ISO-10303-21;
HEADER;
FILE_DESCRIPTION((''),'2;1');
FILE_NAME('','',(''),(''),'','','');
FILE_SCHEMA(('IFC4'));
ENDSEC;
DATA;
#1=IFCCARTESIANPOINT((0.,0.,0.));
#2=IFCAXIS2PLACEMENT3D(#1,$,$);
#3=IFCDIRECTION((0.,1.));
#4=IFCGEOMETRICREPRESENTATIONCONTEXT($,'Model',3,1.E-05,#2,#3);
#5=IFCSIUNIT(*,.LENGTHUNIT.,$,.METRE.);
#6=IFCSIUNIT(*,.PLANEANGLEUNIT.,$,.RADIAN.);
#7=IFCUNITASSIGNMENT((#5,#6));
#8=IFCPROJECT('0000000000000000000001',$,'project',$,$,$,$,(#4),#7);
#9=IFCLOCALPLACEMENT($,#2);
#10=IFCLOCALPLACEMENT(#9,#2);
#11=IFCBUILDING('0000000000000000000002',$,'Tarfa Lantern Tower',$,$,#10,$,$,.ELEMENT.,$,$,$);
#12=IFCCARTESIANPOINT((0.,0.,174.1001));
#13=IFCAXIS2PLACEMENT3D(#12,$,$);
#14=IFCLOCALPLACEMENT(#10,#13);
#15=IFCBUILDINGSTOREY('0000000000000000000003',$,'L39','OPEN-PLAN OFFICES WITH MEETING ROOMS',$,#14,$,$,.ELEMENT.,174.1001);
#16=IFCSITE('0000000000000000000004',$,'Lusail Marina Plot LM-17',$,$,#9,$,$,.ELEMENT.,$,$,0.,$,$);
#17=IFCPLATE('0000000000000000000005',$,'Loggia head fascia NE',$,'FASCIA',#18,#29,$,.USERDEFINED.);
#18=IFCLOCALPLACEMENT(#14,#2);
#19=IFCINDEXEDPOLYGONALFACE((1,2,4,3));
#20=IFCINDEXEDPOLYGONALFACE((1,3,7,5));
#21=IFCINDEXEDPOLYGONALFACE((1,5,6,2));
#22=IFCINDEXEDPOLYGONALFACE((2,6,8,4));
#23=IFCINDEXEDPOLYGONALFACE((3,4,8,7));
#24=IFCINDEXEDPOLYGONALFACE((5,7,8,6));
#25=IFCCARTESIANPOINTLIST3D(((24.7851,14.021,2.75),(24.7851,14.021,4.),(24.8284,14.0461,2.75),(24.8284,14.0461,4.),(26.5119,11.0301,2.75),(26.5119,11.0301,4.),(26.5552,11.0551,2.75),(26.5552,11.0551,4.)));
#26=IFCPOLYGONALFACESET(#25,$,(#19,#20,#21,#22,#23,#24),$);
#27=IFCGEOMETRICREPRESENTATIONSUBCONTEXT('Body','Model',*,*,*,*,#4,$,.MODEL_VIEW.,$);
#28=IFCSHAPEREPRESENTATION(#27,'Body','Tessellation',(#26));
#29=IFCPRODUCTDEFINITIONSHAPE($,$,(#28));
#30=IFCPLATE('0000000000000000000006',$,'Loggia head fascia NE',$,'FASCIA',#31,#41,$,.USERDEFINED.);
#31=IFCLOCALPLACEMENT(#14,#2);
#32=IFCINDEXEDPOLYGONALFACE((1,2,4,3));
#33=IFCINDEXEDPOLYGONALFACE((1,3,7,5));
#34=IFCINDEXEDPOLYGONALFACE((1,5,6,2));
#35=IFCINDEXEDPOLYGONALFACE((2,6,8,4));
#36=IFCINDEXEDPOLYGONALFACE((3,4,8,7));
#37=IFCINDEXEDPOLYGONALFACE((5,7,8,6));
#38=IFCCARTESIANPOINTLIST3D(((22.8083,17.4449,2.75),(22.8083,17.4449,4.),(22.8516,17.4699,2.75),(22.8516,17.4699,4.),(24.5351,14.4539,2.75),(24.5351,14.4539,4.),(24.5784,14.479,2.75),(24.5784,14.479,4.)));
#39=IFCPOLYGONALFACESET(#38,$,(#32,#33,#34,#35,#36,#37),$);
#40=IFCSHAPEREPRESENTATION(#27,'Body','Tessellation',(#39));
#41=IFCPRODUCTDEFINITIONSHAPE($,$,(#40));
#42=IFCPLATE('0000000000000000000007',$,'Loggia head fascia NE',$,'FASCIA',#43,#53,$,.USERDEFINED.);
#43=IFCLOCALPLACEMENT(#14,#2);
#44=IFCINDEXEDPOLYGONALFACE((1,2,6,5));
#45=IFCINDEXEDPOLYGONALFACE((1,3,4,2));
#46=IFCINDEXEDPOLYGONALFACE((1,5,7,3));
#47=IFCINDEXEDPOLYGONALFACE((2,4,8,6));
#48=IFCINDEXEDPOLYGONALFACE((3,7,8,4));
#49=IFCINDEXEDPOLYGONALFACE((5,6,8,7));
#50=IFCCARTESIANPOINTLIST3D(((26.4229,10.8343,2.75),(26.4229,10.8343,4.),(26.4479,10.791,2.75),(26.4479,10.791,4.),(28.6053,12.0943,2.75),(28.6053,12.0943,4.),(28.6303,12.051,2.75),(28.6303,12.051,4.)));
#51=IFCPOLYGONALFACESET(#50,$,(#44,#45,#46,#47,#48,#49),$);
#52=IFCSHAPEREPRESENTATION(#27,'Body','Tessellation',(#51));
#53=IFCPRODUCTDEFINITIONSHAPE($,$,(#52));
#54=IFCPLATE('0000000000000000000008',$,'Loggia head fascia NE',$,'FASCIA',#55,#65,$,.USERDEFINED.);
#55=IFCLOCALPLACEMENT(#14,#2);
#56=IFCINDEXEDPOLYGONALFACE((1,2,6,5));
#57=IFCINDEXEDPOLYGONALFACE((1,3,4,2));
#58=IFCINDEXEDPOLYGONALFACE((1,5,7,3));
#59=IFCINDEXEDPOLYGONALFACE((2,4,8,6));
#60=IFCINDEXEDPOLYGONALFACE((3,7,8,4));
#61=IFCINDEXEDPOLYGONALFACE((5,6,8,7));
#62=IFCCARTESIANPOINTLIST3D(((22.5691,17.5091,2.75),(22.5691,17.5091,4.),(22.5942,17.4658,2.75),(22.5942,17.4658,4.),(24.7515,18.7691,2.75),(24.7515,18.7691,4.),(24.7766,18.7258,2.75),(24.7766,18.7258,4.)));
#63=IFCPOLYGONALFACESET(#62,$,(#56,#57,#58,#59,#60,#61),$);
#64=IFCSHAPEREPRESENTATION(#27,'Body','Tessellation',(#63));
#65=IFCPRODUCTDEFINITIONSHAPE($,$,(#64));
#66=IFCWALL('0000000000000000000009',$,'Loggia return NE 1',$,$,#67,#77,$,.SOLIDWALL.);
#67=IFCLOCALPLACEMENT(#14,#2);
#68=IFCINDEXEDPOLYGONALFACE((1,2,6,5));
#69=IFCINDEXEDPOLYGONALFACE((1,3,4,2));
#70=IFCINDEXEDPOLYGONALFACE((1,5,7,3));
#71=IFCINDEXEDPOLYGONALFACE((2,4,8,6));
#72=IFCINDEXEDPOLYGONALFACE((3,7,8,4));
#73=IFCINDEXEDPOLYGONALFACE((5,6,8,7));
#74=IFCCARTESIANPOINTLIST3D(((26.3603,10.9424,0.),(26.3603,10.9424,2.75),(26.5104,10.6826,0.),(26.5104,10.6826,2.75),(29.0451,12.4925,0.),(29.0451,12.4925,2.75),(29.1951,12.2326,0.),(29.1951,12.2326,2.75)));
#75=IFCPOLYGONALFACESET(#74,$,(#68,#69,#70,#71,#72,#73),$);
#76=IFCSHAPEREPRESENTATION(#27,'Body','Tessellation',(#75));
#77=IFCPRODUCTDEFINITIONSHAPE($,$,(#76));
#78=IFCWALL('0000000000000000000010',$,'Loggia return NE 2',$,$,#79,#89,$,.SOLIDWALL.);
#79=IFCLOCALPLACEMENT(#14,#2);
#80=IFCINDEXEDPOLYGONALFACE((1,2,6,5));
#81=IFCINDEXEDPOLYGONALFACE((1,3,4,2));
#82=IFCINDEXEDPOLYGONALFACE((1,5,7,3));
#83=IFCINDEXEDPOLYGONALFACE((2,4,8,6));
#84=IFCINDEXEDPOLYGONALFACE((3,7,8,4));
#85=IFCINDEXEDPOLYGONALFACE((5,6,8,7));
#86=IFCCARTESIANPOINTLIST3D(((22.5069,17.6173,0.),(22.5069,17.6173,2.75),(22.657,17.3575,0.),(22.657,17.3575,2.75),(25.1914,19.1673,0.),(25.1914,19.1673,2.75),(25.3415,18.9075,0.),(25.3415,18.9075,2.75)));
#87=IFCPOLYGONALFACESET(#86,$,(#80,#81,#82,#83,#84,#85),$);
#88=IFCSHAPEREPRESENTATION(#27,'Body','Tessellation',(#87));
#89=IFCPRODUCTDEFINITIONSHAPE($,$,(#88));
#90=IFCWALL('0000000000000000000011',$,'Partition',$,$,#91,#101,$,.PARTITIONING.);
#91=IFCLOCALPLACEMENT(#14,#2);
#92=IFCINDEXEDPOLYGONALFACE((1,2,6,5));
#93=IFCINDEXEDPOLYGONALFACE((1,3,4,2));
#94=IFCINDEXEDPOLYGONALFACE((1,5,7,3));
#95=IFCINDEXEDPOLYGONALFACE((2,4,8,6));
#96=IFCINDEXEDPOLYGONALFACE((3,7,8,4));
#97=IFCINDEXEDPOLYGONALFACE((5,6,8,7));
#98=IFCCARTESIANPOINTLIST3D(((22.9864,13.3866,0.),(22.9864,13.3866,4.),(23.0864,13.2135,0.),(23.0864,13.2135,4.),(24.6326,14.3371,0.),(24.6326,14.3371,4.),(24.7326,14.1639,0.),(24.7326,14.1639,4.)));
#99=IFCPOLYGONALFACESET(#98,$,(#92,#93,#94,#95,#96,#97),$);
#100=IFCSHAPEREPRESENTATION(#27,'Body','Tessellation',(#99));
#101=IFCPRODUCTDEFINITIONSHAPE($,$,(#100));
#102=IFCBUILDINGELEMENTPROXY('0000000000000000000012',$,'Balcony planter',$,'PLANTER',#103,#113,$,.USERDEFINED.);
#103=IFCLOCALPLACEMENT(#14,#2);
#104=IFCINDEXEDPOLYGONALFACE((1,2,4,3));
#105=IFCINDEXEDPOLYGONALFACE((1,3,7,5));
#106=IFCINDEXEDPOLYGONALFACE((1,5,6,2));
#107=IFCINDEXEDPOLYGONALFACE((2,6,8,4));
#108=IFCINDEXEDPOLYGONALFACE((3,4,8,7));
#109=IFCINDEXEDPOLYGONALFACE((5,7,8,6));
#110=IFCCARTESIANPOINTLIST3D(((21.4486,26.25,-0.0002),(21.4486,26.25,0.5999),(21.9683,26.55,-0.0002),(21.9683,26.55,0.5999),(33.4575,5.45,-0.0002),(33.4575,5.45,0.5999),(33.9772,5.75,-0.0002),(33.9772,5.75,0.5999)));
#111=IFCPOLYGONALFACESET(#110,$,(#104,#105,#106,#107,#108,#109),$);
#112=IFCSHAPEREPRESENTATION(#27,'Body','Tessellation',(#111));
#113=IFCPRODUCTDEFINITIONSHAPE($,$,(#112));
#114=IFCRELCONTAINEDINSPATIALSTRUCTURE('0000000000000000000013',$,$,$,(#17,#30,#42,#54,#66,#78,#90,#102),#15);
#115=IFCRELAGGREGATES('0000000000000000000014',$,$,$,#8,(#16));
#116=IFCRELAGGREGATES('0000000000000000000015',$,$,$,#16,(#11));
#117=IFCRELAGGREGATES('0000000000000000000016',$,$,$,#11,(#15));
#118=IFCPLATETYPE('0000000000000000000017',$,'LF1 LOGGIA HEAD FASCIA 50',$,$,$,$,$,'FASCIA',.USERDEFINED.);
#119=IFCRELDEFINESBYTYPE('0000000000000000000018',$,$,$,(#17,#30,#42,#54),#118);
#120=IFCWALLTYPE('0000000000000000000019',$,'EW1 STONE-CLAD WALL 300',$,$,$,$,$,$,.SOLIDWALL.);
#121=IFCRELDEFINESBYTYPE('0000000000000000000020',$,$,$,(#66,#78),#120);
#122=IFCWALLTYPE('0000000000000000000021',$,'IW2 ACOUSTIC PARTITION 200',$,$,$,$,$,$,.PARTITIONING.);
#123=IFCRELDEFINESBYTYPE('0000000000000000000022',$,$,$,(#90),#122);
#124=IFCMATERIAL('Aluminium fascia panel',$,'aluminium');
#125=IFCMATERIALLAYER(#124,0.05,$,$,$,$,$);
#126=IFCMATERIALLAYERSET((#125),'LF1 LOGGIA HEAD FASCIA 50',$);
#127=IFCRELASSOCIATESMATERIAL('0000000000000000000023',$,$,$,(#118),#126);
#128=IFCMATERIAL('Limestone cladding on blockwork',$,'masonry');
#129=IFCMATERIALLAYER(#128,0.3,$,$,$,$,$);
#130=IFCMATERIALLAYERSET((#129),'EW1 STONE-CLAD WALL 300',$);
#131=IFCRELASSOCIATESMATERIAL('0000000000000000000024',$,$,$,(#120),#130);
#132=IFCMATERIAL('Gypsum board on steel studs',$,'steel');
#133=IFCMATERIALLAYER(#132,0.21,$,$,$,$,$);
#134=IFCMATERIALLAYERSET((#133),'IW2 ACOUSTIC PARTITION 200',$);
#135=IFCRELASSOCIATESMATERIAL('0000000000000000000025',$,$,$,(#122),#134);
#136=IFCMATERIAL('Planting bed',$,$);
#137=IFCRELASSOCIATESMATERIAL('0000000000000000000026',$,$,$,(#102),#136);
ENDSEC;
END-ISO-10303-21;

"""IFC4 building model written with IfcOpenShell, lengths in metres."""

from ifc_helpers import new_model, si_unit, direction, frame, frame_2d, origin, origin_2d, place, context, subcontext, project, spatial, rectangle, extrude, material, layer, layer_set, type_object, element, save


model = new_model("IFC4")

# Units and contexts
model_context = context("Model", 3, precision=1e-05, world=origin(), true_north=direction((0.0, 1.0)))
body_context = subcontext(model_context, "Body", "Model", "MODEL_VIEW")
ifc_project = project(units=[si_unit("LENGTHUNIT", "METRE"), si_unit("PLANEANGLEUNIT", "RADIAN")], contexts=[model_context])

# Site, building, storey
site_placement = place(None, origin())
site = spatial("IfcSite", under=ifc_project, at=site_placement, Name="Lusail Marina Plot LM-17", CompositionType="ELEMENT", RefElevation=0.0)
building_placement = place(site_placement, origin())
building = spatial("IfcBuilding", under=site, at=building_placement, Name="Tarfa Lantern Tower", CompositionType="ELEMENT")
storey_placement = place(building_placement, frame((0.0, 0.0, 174.1001)))
storey = spatial("IfcBuildingStorey", under=building, at=storey_placement, Name="L39", Description="OPEN-PLAN OFFICES WITH MEETING ROOMS", CompositionType="ELEMENT", Elevation=174.1001)

# Plates
ifc_material_1 = material(Name="Aluminium fascia panel", Category="aluminium")
ifc_layer_1 = layer(ifc_material_1, 0.05)
ifc_layer_set_1 = layer_set([ifc_layer_1], Name="LF1 LOGGIA HEAD FASCIA 50")
plate_type_1 = type_object("IfcPlateType", Name="LF1 LOGGIA HEAD FASCIA 50", ElementType="FASCIA", PredefinedType="USERDEFINED", material=ifc_layer_set_1)
for number, where, z_axis, x_axis, name in (
    (1, (25.6702, 12.5381, 2.75), (0.0, 0.0, 1.0), (-0.5, 0.866025, 0.0), "Loggia head fascia NE"),
    (2, (23.6934, 15.9619, 2.75), (0.0, 0.0, 1.0), (-0.5, 0.866025, 0.0), "Loggia head fascia NE"),
):
    element("IfcPlate", number, at=place(storey_placement, frame(where, z_axis=z_axis, x_axis=x_axis)), inside=storey, type_object=plate_type_1, Name=name, ObjectType="FASCIA", PredefinedType="USERDEFINED", context=body_context, shape_type="SweptSolid", body=[
        extrude(rectangle(XDim=3.4536, YDim=0.05, at=origin_2d()), origin(), (0.0, 0.0, 1.0), 1.25),
    ])
for number, where, z_axis, x_axis, name in (
    (3, (27.5266, 11.4426, 2.75), (0.0, 0.0, 1.0), (-0.866025, -0.5, 0.0), "Loggia head fascia NE"),
    (4, (23.6729, 18.1174, 2.75), (0.0, 0.0, 1.0), (-0.866025, -0.5, 0.0), "Loggia head fascia NE"),
):
    element("IfcPlate", number, at=place(storey_placement, frame(where, z_axis=z_axis, x_axis=x_axis)), inside=storey, type_object=plate_type_1, Name=name, ObjectType="FASCIA", PredefinedType="USERDEFINED", context=body_context, shape_type="SweptSolid", body=[
        extrude(rectangle(XDim=2.52, YDim=0.05, at=origin_2d()), origin(), (0.0, 0.0, 1.0), 1.25),
    ])

# Walls
ifc_material_2 = material(Name="Limestone cladding on blockwork", Category="masonry")
ifc_layer_2 = layer(ifc_material_2, 0.3)
ifc_layer_set_2 = layer_set([ifc_layer_2], Name="EW1 STONE-CLAD WALL 300")
wall_type_1 = type_object("IfcWallType", Name="EW1 STONE-CLAD WALL 300", PredefinedType="SOLIDWALL", material=ifc_layer_set_2)
wall_1_placement = place(storey_placement, frame((29.1201, 12.3625, 0.0), z_axis=(0.0, 0.0, 1.0), x_axis=(-0.86603, -0.499993, 0.0)))
element("IfcWall", 5, at=wall_1_placement, inside=storey, type_object=wall_type_1, Name="Loggia return NE 1", PredefinedType="SOLIDWALL", context=body_context, shape_type="SweptSolid", body=[
    extrude(rectangle(XDim=3.1001, YDim=0.3, at=frame_2d((1.55, 0.0))), origin(), (0.0, 0.0, 1.0), 2.75),
])
wall_2_placement = place(storey_placement, frame((25.2664, 19.0374, 0.0), z_axis=(0.0, 0.0, 1.0), x_axis=(-0.86601, -0.500027, 0.0)))
element("IfcWall", 6, at=wall_2_placement, inside=storey, type_object=wall_type_1, Name="Loggia return NE 2", PredefinedType="SOLIDWALL", context=body_context, shape_type="SweptSolid", body=[
    extrude(rectangle(XDim=3.0999, YDim=0.3, at=frame_2d((1.5498, 0.0))), origin(), (0.0, 0.0, 1.0), 2.75),
])
ifc_material_3 = material(Name="Gypsum board on steel studs", Category="steel")
ifc_layer_3 = layer(ifc_material_3, 0.21)
ifc_layer_set_3 = layer_set([ifc_layer_3], Name="IW2 ACOUSTIC PARTITION 200")
wall_type_2 = type_object("IfcWallType", Name="IW2 ACOUSTIC PARTITION 200", PredefinedType="PARTITIONING", material=ifc_layer_set_3)
wall_3_placement = place(storey_placement, frame((23.0364, 13.3, 0.0), z_axis=(0.0, 0.0, 1.0), x_axis=(0.866029, 0.499993, 0.0)))
element("IfcWall", 7, at=wall_3_placement, inside=storey, type_object=wall_type_2, Name="Partition", PredefinedType="PARTITIONING", context=body_context, shape_type="SweptSolid", body=[
    extrude(rectangle(XDim=1.9009, YDim=0.2, at=frame_2d((0.9504, 0.0))), origin(), (0.0, 0.0, 1.0), 4.0),
])

# Building element proxy
ifc_material_4 = material(Name="Planting bed")
proxy_placement = place(storey_placement, frame((27.7129, 16.0, -0.0002), z_axis=(0.0, 0.0, 1.0), x_axis=(-0.5, 0.866025, 0.0)))
element("IfcBuildingElementProxy", 8, at=proxy_placement, inside=storey, material=ifc_material_4, Name="Balcony planter", ObjectType="PLANTER", PredefinedType="USERDEFINED", context=body_context, shape_type="SweptSolid", body=[
    extrude(rectangle(XDim=24.0178, YDim=0.6001, at=origin_2d()), origin(), (0.0, 0.0, 1.0), 0.6001),
])

save(model, "model.ifc")
